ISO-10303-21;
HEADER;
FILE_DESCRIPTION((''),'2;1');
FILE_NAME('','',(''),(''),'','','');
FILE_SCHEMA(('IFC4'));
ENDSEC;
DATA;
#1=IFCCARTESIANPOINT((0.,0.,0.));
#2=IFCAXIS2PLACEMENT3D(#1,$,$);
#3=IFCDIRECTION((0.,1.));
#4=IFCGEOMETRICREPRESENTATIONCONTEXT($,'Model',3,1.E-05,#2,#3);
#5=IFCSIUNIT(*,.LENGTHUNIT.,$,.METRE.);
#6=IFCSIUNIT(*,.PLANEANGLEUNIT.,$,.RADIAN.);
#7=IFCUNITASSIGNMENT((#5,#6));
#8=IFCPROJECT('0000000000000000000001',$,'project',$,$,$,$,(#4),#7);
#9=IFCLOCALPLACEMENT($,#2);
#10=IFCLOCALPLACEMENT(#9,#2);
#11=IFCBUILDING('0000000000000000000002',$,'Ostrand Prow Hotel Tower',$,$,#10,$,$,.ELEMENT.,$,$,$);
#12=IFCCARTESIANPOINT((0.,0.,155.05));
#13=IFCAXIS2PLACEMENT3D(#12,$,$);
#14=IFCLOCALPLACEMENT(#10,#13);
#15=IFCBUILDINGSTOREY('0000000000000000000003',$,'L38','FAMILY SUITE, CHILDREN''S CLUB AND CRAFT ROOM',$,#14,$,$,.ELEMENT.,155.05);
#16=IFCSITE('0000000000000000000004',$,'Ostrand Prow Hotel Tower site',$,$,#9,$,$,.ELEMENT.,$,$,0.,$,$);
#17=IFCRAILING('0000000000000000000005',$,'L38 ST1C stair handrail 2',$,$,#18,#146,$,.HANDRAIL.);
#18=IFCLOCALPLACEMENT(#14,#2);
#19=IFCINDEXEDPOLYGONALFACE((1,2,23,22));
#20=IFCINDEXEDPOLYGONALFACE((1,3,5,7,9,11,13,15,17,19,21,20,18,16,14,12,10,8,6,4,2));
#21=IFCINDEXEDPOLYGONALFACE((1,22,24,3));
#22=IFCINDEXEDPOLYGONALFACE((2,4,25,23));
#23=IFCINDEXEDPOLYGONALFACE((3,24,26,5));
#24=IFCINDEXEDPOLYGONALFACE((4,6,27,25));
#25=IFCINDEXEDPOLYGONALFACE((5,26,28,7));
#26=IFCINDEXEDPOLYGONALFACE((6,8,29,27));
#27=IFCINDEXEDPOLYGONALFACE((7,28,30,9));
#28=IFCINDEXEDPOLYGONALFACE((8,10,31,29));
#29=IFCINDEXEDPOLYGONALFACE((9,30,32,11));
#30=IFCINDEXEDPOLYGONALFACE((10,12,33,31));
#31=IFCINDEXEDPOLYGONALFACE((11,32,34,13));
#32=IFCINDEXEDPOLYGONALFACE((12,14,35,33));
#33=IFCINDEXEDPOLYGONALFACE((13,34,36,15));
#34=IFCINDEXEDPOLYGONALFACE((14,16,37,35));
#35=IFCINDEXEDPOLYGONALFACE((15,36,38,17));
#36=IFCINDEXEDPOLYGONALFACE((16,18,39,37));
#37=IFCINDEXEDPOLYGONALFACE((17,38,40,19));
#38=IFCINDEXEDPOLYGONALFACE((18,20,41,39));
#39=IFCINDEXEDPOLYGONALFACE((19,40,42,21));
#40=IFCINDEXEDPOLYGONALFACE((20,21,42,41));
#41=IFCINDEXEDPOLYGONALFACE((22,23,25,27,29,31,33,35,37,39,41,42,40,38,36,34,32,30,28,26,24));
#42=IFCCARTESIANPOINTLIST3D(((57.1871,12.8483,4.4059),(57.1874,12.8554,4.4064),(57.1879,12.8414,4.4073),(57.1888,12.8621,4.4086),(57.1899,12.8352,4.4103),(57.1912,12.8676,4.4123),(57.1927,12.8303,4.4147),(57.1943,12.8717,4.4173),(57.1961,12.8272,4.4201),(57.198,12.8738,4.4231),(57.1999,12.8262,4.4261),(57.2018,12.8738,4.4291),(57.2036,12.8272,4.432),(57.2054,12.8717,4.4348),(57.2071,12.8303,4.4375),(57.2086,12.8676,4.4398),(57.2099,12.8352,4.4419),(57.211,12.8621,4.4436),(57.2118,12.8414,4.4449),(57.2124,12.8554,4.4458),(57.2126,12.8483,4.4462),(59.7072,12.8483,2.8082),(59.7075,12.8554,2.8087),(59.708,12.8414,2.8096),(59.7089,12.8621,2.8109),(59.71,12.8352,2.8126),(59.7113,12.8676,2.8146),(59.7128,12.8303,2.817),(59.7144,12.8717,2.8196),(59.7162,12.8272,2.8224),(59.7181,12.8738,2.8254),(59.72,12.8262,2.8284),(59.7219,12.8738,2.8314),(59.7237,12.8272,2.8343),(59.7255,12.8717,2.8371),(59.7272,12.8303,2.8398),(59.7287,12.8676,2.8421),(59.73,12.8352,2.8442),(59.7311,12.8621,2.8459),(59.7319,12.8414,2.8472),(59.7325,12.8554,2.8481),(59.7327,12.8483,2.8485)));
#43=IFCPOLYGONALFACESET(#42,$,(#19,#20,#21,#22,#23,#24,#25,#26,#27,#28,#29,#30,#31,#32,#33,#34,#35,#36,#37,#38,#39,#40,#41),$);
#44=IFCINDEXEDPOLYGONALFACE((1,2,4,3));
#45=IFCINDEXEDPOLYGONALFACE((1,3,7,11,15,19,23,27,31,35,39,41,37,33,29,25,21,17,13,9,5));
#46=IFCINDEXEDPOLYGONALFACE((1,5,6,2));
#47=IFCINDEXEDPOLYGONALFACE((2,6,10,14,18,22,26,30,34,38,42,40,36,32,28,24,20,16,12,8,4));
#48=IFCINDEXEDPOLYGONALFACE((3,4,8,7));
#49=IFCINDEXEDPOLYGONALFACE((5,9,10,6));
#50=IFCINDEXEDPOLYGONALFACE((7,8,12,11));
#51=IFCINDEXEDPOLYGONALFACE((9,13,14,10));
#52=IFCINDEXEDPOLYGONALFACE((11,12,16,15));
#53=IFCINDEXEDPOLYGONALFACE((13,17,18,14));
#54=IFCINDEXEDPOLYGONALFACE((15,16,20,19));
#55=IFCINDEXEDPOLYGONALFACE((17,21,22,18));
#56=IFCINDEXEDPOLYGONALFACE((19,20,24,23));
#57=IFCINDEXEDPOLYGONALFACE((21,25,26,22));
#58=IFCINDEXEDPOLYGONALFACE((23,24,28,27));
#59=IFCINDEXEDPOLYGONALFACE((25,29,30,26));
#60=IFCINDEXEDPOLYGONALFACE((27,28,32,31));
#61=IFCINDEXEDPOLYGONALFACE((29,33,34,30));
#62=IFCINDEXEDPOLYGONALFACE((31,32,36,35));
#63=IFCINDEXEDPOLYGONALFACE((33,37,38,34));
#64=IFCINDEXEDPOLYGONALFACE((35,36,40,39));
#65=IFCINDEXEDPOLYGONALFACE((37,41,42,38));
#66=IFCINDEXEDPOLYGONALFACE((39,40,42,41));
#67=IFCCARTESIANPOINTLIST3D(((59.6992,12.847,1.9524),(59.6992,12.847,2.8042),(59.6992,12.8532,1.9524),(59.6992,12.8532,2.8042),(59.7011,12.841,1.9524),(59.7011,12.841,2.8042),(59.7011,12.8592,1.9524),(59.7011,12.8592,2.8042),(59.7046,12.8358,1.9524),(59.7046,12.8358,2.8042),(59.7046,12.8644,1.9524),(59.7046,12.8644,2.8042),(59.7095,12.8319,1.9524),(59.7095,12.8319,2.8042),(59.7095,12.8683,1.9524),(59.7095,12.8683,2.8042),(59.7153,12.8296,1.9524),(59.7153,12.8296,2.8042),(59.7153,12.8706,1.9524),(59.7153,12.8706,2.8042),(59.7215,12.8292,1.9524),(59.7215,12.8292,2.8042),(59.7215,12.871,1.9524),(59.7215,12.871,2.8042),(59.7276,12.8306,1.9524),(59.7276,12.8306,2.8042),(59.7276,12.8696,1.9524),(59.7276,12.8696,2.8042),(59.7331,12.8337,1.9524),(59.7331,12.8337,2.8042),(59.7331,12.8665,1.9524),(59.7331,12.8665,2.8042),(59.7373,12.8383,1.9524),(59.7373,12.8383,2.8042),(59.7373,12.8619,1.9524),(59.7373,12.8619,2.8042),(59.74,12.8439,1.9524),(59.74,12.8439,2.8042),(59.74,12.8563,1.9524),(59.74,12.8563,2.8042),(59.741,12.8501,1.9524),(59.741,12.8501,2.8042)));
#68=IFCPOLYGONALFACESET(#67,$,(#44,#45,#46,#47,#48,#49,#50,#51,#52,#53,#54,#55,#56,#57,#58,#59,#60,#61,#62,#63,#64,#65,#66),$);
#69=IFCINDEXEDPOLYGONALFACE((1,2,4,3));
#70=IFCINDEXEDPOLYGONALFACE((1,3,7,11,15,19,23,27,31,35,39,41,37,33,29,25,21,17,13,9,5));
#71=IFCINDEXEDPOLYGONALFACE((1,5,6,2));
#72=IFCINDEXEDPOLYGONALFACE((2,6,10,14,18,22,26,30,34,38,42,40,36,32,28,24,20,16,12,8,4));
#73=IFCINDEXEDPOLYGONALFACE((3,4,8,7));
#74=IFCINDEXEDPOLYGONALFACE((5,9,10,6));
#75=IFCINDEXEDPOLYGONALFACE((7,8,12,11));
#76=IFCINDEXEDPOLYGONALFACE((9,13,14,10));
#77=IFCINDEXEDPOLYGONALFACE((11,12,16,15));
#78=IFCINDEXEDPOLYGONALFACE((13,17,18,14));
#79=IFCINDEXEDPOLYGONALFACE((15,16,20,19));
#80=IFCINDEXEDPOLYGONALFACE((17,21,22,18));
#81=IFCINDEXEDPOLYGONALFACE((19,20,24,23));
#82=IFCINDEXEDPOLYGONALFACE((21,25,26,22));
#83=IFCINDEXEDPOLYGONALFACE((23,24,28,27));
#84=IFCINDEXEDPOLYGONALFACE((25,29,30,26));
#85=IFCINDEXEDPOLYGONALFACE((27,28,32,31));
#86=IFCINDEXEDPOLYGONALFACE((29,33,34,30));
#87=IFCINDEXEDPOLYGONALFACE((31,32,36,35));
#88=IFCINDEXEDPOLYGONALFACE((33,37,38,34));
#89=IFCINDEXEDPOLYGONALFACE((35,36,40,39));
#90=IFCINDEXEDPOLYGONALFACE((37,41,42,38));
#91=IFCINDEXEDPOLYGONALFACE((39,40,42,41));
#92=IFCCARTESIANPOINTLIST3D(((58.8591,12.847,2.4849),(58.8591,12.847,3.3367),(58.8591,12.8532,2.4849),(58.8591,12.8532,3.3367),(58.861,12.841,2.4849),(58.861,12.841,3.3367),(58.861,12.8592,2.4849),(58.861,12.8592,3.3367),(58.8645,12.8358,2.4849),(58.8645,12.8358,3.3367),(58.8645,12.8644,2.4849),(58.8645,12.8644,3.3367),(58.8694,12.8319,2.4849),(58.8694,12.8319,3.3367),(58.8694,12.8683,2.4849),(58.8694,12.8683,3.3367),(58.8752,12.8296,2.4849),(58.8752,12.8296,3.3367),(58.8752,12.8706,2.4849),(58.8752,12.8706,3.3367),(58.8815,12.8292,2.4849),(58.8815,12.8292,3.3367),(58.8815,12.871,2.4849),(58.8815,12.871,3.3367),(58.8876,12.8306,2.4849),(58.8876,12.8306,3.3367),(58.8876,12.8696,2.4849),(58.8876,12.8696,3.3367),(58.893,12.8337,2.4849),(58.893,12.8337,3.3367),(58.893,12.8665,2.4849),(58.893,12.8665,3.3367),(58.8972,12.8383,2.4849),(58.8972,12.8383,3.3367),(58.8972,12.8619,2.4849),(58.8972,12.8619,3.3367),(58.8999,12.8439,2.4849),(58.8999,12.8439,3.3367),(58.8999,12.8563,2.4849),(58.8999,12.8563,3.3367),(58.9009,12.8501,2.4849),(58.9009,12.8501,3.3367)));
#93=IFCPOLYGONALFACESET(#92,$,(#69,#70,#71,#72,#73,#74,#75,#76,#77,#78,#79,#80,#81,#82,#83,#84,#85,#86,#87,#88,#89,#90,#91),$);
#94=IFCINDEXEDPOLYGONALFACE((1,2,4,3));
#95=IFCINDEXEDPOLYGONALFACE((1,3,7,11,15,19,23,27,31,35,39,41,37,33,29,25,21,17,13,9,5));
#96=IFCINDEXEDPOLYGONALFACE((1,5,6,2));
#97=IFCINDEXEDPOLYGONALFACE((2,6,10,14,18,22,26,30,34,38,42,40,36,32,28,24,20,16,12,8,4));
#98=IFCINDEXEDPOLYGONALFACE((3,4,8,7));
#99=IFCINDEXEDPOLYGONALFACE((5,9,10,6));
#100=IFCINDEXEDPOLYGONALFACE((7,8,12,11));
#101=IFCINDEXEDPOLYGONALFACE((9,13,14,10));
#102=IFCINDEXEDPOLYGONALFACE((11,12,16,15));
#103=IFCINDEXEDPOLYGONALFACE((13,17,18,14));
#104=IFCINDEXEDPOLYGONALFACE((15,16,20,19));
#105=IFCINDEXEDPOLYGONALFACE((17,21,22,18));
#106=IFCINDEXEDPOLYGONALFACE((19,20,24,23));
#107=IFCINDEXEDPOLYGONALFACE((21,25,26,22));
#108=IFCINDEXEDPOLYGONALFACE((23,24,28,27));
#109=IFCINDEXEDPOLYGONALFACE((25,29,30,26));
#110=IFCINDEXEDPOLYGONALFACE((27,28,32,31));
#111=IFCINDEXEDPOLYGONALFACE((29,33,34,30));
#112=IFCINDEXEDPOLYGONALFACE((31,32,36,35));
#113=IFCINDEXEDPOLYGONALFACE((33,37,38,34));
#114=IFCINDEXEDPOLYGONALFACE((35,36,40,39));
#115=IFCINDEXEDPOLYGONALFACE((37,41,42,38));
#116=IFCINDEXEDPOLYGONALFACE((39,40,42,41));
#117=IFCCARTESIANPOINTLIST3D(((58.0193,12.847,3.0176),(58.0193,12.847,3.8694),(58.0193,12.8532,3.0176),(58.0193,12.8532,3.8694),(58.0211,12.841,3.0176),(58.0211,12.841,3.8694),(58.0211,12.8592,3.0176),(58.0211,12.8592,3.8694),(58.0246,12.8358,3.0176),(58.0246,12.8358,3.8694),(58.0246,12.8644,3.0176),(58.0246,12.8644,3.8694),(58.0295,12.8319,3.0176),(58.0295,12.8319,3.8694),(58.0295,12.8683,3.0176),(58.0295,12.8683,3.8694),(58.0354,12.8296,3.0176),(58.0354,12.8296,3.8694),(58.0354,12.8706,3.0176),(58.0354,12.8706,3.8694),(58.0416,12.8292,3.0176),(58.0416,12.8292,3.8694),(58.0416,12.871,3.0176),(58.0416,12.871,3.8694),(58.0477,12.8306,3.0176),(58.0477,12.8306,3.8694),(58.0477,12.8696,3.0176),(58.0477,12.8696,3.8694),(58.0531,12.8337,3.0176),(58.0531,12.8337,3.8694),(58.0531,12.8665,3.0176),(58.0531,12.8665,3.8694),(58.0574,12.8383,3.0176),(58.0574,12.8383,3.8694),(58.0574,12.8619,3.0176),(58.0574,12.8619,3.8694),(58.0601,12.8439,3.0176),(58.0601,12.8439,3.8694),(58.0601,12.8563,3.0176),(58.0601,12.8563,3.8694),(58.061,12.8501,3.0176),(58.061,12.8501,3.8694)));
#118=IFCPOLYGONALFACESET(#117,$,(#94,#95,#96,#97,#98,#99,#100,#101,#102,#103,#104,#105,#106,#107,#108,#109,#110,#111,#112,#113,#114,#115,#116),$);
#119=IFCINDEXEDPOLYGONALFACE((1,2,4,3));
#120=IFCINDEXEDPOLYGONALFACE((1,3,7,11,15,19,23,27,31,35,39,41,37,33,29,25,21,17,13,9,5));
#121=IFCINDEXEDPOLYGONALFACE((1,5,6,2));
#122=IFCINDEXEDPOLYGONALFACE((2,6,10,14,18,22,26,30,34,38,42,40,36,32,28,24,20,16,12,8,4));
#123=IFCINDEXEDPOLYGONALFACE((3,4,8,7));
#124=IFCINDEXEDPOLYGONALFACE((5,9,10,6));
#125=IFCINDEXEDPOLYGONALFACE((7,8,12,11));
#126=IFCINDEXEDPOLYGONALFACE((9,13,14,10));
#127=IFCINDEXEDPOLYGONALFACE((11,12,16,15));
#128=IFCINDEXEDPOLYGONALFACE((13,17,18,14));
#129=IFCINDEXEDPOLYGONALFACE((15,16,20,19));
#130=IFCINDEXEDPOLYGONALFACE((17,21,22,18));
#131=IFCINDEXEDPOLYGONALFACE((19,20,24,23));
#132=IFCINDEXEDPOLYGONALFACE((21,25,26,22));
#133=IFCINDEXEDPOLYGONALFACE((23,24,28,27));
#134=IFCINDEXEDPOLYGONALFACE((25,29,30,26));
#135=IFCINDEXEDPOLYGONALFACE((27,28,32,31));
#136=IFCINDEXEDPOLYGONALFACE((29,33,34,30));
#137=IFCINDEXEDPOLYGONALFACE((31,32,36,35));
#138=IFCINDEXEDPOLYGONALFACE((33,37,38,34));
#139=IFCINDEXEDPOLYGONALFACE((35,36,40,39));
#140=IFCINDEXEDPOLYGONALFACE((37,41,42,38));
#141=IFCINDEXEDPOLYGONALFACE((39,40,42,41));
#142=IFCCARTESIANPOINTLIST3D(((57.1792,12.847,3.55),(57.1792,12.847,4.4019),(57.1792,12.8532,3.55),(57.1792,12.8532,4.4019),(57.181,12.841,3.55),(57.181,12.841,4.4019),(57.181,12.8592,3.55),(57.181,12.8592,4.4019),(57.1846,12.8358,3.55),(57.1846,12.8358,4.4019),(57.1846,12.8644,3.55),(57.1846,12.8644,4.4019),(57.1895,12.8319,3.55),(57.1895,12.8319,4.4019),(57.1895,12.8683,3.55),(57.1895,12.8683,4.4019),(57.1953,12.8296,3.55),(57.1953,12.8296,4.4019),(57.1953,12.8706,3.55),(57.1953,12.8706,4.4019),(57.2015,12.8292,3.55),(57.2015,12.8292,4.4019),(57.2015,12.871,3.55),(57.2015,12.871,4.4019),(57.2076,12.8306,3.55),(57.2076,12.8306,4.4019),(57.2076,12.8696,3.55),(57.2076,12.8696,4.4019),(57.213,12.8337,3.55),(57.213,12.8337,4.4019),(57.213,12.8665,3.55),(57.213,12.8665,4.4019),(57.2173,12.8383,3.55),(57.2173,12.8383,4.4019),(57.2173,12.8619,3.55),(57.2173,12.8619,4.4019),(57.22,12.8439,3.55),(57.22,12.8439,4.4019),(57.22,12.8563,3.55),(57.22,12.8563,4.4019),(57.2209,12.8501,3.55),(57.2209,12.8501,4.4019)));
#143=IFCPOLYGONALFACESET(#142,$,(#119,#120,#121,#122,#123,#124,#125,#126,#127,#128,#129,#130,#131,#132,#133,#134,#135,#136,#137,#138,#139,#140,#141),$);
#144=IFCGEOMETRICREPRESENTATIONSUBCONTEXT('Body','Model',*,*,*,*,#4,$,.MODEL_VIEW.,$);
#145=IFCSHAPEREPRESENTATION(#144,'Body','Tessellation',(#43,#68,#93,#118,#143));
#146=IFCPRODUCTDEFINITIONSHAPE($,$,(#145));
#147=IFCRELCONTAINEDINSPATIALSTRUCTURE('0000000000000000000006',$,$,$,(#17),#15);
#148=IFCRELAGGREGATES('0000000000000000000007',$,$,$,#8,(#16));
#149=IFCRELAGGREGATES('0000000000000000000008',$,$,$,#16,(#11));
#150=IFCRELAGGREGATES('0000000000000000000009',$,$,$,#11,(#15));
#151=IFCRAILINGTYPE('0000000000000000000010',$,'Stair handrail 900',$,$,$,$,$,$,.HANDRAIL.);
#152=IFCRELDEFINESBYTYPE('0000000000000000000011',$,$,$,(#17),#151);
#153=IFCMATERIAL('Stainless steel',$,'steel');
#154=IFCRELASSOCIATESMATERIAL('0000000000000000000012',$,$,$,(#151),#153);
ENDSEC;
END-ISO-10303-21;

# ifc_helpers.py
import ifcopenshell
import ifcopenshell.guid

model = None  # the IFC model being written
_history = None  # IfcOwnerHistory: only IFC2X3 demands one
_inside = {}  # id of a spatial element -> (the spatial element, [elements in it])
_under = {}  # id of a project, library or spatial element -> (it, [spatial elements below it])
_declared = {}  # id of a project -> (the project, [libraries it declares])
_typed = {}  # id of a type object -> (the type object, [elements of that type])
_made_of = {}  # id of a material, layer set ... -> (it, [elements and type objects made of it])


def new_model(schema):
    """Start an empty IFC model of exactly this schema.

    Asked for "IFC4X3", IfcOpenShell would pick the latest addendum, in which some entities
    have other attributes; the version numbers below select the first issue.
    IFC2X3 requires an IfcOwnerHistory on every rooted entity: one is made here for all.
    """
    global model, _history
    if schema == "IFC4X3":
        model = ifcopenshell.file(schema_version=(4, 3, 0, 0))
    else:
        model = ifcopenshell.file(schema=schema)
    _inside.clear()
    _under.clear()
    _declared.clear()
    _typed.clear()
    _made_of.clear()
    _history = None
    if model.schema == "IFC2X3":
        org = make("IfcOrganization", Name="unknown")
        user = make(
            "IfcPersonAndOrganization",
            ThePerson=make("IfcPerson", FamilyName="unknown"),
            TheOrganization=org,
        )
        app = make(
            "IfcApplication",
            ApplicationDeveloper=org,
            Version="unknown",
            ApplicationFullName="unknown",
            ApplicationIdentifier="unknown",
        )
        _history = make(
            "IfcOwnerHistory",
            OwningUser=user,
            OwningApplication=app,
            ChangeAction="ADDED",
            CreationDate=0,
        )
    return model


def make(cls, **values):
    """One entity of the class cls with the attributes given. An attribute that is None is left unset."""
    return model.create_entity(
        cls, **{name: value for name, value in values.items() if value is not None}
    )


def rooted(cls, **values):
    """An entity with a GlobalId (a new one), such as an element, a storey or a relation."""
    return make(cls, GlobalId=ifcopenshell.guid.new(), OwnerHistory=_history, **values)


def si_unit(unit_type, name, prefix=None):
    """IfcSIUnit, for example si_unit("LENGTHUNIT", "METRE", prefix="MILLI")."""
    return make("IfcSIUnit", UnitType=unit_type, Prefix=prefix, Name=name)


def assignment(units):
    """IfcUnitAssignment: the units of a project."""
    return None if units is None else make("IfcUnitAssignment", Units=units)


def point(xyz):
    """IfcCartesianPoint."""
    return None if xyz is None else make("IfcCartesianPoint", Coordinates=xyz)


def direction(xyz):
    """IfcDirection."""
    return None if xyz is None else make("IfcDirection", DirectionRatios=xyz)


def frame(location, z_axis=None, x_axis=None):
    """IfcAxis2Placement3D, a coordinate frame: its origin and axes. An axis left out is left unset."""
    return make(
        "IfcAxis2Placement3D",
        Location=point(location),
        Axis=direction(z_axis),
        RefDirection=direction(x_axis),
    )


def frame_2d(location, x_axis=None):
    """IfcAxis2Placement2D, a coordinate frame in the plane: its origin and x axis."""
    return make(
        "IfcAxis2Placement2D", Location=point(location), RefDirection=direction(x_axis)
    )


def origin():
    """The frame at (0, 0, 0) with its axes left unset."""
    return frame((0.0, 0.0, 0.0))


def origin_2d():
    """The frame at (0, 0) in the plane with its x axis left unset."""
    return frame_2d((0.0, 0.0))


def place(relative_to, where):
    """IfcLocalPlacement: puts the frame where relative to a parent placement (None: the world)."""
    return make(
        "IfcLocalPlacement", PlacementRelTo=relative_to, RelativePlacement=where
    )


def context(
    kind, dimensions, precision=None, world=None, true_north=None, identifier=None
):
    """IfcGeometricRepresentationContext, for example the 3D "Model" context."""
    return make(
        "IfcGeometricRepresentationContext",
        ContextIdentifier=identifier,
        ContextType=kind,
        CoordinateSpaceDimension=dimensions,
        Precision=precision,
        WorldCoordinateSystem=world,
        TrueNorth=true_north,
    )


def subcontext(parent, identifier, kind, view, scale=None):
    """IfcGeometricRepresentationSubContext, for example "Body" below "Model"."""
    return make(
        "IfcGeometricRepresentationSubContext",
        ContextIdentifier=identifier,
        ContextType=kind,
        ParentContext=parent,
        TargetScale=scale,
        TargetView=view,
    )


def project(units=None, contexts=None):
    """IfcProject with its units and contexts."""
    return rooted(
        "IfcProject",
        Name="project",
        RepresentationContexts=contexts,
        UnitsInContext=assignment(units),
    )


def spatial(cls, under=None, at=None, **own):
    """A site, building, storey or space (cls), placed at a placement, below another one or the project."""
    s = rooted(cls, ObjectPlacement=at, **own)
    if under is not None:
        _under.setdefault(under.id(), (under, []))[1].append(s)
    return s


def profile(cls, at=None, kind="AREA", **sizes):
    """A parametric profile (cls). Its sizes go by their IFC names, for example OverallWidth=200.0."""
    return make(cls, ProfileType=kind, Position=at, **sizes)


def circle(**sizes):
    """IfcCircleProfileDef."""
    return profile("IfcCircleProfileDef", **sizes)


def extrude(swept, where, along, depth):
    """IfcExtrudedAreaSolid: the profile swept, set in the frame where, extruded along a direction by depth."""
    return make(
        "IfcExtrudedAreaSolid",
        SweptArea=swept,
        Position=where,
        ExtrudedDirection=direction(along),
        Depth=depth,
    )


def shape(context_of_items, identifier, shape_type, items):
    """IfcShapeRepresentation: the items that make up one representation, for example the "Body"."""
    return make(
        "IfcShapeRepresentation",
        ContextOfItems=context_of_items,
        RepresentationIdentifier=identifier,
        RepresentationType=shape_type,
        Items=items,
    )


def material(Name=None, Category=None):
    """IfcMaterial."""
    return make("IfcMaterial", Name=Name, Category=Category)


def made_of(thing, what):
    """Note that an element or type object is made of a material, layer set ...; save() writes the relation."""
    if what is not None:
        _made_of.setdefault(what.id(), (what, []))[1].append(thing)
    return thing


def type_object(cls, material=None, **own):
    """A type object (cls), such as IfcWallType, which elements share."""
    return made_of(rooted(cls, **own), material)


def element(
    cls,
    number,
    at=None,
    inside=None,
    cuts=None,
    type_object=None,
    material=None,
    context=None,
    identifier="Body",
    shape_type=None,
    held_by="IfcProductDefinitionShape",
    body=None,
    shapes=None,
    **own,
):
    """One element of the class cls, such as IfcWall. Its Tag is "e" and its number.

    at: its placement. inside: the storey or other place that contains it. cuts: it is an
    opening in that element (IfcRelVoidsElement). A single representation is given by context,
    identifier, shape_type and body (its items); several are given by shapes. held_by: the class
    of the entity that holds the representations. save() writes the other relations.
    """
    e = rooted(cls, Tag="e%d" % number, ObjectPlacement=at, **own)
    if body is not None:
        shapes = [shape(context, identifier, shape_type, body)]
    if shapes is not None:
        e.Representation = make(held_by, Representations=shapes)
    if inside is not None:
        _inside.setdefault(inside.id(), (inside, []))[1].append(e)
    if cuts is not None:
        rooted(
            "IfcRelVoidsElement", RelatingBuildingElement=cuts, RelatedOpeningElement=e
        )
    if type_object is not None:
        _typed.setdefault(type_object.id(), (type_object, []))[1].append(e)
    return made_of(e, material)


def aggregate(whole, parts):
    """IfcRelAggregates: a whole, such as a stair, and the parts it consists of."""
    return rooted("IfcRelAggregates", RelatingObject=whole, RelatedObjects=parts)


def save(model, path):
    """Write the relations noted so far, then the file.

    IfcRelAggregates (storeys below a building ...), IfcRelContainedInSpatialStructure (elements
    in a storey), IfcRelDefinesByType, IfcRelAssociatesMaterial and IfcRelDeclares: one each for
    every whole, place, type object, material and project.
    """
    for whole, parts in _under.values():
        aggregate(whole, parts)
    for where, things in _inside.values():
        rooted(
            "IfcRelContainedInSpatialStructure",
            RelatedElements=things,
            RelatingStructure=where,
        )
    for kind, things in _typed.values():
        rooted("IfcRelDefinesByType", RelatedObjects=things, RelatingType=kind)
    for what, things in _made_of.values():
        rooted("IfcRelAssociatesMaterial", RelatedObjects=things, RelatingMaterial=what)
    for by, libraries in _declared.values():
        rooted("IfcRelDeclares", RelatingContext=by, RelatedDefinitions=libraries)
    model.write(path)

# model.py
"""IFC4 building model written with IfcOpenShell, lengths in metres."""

from ifc_helpers import new_model, si_unit, direction, frame, origin, origin_2d, place, context, subcontext, project, spatial, circle, extrude, material, type_object, element, save


model = new_model("IFC4")

# Units and contexts
model_context = context("Model", 3, precision=1e-05, world=origin(), true_north=direction((0.0, 1.0)))
body_context = subcontext(model_context, "Body", "Model", "MODEL_VIEW")
ifc_project = project(units=[si_unit("LENGTHUNIT", "METRE"), si_unit("PLANEANGLEUNIT", "RADIAN")], contexts=[model_context])

# Site, building, storey
site_placement = place(None, origin())
site = spatial("IfcSite", under=ifc_project, at=site_placement, Name="Ostrand Prow Hotel Tower site", CompositionType="ELEMENT", RefElevation=0.0)
building_placement = place(site_placement, origin())
building = spatial("IfcBuilding", under=site, at=building_placement, Name="Ostrand Prow Hotel Tower", CompositionType="ELEMENT")
storey_placement = place(building_placement, frame((0.0, 0.0, 155.05)))
storey = spatial("IfcBuildingStorey", under=building, at=storey_placement, Name="L38", Description="FAMILY SUITE, CHILDREN'S CLUB AND CRAFT ROOM", CompositionType="ELEMENT", Elevation=155.05)

# Railing
ifc_material_1 = material(Name="Stainless steel", Category="steel")
railing_type_1 = type_object("IfcRailingType", Name="Stair handrail 900", PredefinedType="HANDRAIL", material=ifc_material_1)
railing_1_placement = place(storey_placement, frame((59.72, 12.8501, 1.9524)))
element("IfcRailing", 1, at=railing_1_placement, inside=storey, type_object=railing_type_1, Name="L38 ST1C stair handrail 2", PredefinedType="HANDRAIL", context=body_context, shape_type="SweptSolid", body=[
    extrude(circle(Radius=0.0239, at=origin_2d()), frame((0.0, 0.0, 0.876), z_axis=(-0.84457, 0.0, 0.535445), x_axis=(0.0, -1.0, 0.0)), (0.0, 0.0, 1.0), 2.9839),
    extrude(circle(Radius=0.021, at=origin_2d()), origin(), (0.0, 0.0, 1.0), 0.8518),
    extrude(circle(Radius=0.021, at=origin_2d()), frame((-0.8401, 0.0, 0.5325)), (0.0, 0.0, 1.0), 0.8518),
    extrude(circle(Radius=0.021, at=origin_2d()), frame((-1.6799, 0.0, 1.0652)), (0.0, 0.0, 1.0), 0.8518),
    extrude(circle(Radius=0.021, at=origin_2d()), frame((-2.52, 0.0, 1.5977)), (0.0, 0.0, 1.0), 0.8518),
])

save(model, "model.ifc")
